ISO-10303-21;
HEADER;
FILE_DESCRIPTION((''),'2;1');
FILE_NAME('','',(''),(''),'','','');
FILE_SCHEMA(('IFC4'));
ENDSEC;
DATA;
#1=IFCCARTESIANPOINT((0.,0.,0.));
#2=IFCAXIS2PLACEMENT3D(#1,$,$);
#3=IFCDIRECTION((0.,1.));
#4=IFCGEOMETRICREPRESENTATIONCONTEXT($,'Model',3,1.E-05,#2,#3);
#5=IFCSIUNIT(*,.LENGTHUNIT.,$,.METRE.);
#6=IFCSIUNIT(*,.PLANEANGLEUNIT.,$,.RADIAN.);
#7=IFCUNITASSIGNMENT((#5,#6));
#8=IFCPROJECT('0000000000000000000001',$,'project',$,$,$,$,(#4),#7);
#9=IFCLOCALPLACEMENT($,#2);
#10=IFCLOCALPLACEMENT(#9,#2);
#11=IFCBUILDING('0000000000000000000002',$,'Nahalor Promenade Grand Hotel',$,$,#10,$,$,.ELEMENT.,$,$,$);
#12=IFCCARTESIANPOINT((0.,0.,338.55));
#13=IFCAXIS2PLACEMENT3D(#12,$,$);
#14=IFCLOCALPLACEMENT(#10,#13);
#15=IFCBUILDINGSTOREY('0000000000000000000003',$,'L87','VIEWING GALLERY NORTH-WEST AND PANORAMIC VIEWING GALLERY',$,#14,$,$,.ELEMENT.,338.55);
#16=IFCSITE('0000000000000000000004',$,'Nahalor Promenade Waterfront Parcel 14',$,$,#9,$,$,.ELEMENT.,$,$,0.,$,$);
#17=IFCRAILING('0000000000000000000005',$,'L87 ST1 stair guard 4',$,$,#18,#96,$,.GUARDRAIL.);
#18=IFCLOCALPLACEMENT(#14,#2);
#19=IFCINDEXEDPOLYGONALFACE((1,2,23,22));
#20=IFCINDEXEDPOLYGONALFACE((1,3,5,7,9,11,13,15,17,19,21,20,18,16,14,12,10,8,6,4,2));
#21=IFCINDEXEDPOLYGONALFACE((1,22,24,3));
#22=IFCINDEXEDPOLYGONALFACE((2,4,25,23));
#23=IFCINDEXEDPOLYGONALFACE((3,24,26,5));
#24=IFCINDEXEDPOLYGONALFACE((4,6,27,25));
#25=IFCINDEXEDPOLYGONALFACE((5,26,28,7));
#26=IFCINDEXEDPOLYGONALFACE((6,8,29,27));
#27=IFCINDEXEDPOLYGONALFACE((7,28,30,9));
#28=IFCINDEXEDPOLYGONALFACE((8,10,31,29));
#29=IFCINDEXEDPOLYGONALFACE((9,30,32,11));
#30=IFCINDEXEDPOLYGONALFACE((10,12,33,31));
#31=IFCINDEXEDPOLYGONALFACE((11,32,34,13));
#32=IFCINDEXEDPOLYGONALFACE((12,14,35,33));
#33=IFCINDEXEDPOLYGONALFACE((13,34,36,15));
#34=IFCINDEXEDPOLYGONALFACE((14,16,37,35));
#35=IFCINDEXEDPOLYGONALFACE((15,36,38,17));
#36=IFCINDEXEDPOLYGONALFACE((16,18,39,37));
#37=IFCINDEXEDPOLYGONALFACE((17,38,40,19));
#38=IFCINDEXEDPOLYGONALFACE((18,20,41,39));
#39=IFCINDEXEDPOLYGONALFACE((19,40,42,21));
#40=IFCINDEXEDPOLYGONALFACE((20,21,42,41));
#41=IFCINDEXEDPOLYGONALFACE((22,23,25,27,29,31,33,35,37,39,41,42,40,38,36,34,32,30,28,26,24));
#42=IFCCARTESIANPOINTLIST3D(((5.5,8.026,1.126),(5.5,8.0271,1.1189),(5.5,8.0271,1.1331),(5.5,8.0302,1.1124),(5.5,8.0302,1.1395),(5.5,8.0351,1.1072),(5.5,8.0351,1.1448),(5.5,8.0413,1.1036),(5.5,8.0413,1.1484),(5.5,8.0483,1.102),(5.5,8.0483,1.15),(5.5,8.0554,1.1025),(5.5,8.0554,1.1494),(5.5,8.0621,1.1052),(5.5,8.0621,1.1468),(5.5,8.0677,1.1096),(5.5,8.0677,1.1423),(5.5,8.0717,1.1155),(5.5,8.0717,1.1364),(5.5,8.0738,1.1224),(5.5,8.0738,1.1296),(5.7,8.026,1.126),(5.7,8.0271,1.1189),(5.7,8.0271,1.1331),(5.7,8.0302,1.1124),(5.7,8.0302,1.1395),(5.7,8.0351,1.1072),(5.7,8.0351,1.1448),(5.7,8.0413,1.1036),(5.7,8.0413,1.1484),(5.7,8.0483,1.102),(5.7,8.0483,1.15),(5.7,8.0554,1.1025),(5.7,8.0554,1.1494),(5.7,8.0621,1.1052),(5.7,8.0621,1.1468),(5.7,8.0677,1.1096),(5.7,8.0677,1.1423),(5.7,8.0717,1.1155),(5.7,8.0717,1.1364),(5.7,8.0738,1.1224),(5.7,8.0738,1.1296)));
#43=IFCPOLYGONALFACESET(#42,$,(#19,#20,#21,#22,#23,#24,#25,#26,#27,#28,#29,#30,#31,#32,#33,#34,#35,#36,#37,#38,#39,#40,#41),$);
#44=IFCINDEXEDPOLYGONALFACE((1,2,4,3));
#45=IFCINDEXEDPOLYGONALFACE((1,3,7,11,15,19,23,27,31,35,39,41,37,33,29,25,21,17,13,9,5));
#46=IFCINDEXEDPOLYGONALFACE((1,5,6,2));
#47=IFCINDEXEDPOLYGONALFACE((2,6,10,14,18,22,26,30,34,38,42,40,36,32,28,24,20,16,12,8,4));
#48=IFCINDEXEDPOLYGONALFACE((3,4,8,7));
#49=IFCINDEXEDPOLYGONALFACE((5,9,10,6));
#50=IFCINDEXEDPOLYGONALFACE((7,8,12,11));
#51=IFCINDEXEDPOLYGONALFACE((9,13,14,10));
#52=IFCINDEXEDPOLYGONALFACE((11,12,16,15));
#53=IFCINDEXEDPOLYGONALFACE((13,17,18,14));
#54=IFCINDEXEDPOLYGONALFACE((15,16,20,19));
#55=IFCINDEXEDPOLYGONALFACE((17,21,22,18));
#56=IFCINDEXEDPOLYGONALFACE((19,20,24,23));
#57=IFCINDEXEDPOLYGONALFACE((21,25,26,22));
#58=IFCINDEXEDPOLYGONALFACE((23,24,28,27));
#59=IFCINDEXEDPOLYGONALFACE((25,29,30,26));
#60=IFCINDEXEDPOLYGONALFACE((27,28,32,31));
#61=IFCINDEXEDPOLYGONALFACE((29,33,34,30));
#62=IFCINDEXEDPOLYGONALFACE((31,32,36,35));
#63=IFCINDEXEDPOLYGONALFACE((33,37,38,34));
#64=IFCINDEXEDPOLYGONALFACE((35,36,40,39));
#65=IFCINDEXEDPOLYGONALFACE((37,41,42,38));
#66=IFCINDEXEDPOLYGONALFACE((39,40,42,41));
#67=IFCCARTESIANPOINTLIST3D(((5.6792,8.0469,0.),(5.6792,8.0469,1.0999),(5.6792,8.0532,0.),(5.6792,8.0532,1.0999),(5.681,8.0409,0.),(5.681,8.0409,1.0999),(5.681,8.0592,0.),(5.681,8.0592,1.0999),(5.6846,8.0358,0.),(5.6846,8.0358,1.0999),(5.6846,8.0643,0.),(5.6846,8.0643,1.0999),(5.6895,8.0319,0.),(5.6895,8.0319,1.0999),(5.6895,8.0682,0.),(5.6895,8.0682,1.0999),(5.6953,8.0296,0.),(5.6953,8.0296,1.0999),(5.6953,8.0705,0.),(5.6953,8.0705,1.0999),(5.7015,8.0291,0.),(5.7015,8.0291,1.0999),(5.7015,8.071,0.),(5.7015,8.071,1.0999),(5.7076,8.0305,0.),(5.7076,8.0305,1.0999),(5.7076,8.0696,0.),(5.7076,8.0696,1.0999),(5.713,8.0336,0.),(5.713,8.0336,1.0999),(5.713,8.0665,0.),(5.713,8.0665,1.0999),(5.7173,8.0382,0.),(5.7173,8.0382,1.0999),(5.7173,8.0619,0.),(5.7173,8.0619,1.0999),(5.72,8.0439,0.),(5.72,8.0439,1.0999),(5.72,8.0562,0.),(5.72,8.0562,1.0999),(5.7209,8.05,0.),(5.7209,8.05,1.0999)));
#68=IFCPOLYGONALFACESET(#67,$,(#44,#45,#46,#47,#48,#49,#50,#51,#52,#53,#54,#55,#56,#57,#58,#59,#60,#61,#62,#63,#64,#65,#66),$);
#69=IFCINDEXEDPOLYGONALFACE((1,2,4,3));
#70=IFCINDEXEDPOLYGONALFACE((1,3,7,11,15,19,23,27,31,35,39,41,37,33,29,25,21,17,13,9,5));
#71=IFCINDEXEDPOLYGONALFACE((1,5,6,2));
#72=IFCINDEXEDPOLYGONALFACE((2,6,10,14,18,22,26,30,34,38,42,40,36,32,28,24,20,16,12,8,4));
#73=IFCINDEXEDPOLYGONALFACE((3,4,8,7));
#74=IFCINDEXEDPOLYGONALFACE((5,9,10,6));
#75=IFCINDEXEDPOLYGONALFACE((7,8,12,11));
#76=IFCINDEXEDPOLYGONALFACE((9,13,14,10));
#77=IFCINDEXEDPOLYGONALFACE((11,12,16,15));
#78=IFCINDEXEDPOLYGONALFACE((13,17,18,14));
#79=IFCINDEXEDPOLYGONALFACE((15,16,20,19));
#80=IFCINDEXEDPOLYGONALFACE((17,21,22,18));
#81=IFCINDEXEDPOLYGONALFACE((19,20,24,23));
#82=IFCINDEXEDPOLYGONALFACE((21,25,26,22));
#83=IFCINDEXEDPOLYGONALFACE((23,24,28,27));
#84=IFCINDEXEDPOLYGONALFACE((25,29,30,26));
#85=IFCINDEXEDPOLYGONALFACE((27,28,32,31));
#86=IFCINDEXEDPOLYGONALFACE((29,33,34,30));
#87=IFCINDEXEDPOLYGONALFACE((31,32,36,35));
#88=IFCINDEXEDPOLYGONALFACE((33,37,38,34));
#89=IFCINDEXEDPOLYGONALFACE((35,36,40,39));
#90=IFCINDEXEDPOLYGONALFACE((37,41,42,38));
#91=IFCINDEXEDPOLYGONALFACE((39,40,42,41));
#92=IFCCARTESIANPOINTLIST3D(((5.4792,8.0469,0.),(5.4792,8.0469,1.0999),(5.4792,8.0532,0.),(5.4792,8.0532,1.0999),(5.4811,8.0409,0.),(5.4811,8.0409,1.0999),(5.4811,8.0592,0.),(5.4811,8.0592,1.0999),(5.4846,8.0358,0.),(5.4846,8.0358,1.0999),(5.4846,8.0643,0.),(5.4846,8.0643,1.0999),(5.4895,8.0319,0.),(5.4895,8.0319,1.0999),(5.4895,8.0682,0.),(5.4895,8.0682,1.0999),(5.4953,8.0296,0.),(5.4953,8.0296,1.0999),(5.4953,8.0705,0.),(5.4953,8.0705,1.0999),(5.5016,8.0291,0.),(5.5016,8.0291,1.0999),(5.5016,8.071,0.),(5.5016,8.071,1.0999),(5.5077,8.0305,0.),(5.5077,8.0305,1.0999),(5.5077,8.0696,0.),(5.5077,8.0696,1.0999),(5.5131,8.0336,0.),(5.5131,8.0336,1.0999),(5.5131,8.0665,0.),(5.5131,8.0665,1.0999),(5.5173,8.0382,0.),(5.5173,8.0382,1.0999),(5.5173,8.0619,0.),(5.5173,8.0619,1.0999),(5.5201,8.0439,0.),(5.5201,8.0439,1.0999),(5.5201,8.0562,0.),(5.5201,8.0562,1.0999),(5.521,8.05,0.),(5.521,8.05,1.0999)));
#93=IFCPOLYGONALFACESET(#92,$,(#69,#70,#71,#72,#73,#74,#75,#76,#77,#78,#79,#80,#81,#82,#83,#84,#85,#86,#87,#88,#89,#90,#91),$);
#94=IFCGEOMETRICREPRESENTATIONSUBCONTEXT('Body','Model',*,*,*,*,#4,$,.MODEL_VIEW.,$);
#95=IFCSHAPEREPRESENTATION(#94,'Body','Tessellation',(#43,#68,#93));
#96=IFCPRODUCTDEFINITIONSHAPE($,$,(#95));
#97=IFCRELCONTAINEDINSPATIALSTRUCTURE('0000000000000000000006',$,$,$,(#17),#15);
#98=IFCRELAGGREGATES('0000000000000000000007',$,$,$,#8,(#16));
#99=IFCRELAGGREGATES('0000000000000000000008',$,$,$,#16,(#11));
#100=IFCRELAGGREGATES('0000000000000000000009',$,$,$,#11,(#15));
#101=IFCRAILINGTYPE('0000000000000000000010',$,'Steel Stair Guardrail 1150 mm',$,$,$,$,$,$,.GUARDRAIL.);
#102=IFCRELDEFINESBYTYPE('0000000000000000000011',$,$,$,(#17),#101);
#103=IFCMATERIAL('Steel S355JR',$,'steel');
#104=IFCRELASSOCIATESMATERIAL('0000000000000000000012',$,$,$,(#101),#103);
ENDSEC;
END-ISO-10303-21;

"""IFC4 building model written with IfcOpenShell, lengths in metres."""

from ifc_helpers import new_model, si_unit, direction, frame, origin, origin_2d, place, context, subcontext, project, spatial, circle, extrude, material, type_object, element, save


model = new_model("IFC4")

# Units and contexts
model_context = context("Model", 3, precision=1e-05, world=origin(), true_north=direction((0.0, 1.0)))
body_context = subcontext(model_context, "Body", "Model", "MODEL_VIEW")
ifc_project = project(units=[si_unit("LENGTHUNIT", "METRE"), si_unit("PLANEANGLEUNIT", "RADIAN")], contexts=[model_context])

# Site, building, storey
site_placement = place(None, origin())
site = spatial("IfcSite", under=ifc_project, at=site_placement, Name="Nahalor Promenade Waterfront Parcel 14", CompositionType="ELEMENT", RefElevation=0.0)
building_placement = place(site_placement, origin())
building = spatial("IfcBuilding", under=site, at=building_placement, Name="Nahalor Promenade Grand Hotel", CompositionType="ELEMENT")
storey_placement = place(building_placement, frame((0.0, 0.0, 338.55)))
storey = spatial("IfcBuildingStorey", under=building, at=storey_placement, Name="L87", Description="VIEWING GALLERY NORTH-WEST AND PANORAMIC VIEWING GALLERY", CompositionType="ELEMENT", Elevation=338.55)

# Shared definitions
ifc_material_1 = material(Name="Steel S355JR", Category="steel")

# Railing
railing_type_1 = type_object("IfcRailingType", Name="Steel Stair Guardrail 1150 mm", PredefinedType="GUARDRAIL", material=ifc_material_1)
railing_1_placement = place(storey_placement, frame((5.7, 8.05, 0.0)))
element("IfcRailing", 1, at=railing_1_placement, inside=storey, type_object=railing_type_1, Name="L87 ST1 stair guard 4", PredefinedType="GUARDRAIL", context=body_context, shape_type="SweptSolid", body=[
    extrude(circle(Radius=0.024, at=origin_2d()), frame((0.0, 0.0, 1.126), z_axis=(-1.0, 0.0, 0.0), x_axis=(0.0, -1.0, 0.0)), (0.0, 0.0, 1.0), 0.2),
    extrude(circle(Radius=0.021, at=origin_2d()), origin(), (0.0, 0.0, 1.0), 1.0999),
    extrude(circle(Radius=0.021, at=origin_2d()), frame((-0.2, 0.0, 0.0)), (0.0, 0.0, 1.0), 1.0999),
])

save(model, "model.ifc")
